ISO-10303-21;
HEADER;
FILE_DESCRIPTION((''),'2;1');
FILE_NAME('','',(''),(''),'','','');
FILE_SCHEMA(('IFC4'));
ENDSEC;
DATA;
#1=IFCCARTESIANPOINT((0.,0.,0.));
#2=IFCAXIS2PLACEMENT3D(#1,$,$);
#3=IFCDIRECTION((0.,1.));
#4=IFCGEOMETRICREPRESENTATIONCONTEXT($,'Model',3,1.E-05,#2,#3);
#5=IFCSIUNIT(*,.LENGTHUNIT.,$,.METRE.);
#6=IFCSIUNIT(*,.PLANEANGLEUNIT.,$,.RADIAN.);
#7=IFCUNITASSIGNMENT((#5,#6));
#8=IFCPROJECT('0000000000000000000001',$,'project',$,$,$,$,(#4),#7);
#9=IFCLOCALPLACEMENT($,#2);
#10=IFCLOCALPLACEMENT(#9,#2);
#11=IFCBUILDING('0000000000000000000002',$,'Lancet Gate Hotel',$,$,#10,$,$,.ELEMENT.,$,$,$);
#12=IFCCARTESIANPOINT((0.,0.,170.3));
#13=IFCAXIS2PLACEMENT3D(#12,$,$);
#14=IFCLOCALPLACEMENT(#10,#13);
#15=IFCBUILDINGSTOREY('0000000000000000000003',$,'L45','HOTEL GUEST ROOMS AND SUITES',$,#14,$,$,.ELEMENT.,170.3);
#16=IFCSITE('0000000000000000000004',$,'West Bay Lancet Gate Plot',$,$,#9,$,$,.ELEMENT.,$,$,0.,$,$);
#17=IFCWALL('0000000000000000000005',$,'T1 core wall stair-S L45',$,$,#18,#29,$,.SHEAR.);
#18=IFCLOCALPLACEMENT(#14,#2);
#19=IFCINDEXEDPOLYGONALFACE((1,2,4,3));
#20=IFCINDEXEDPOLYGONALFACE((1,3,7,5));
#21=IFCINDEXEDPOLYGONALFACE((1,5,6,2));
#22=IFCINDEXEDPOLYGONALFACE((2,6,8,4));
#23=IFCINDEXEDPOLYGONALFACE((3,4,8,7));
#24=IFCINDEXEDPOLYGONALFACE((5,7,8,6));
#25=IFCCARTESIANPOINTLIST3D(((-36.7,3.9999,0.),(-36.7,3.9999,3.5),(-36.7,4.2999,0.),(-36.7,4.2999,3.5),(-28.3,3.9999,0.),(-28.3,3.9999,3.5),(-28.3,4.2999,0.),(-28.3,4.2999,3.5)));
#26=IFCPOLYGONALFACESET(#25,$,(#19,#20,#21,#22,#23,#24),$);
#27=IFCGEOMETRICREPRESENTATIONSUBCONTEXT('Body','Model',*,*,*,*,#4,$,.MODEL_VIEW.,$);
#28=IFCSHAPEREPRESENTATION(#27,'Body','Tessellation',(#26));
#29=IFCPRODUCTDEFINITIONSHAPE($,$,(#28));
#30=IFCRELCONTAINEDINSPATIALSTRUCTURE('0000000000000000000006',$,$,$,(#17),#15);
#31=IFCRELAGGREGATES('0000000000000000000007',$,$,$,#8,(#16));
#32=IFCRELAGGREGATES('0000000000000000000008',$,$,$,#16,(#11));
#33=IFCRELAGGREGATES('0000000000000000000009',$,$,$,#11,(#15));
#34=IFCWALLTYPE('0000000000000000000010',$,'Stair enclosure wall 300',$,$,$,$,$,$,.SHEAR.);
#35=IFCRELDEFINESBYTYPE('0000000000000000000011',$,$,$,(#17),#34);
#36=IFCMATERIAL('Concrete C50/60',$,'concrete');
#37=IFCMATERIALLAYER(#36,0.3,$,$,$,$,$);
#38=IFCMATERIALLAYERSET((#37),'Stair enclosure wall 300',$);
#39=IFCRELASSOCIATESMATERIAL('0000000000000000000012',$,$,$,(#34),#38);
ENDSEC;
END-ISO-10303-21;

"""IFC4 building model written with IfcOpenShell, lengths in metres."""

from ifc_helpers import new_model, si_unit, direction, frame, frame_2d, origin, place, context, subcontext, project, spatial, rectangle, extrude, material, layer, layer_set, type_object, element, save


model = new_model("IFC4")

# Units and contexts
model_context = context("Model", 3, precision=1e-05, world=origin(), true_north=direction((0.0, 1.0)))
body_context = subcontext(model_context, "Body", "Model", "MODEL_VIEW")
ifc_project = project(units=[si_unit("LENGTHUNIT", "METRE"), si_unit("PLANEANGLEUNIT", "RADIAN")], contexts=[model_context])

# Site, building, storey
site_placement = place(None, origin())
site = spatial("IfcSite", under=ifc_project, at=site_placement, Name="West Bay Lancet Gate Plot", CompositionType="ELEMENT", RefElevation=0.0)
building_placement = place(site_placement, origin())
building = spatial("IfcBuilding", under=site, at=building_placement, Name="Lancet Gate Hotel", CompositionType="ELEMENT")
storey_placement = place(building_placement, frame((0.0, 0.0, 170.3)))
storey = spatial("IfcBuildingStorey", under=building, at=storey_placement, Name="L45", Description="HOTEL GUEST ROOMS AND SUITES", CompositionType="ELEMENT", Elevation=170.3)

# Wall
ifc_material_1 = material(Name="Concrete C50/60", Category="concrete")
ifc_layer_1 = layer(ifc_material_1, 0.3)
ifc_layer_set_1 = layer_set([ifc_layer_1], Name="Stair enclosure wall 300")
wall_type_1 = type_object("IfcWallType", Name="Stair enclosure wall 300", PredefinedType="SHEAR", material=ifc_layer_set_1)
wall_1_placement = place(storey_placement, frame((-28.3, 4.1499, 0.0), z_axis=(0.0, 0.0, 1.0), x_axis=(-1.0, 0.0, 0.0)))
element("IfcWall", 1, at=wall_1_placement, inside=storey, type_object=wall_type_1, Name="T1 core wall stair-S L45", PredefinedType="SHEAR", context=body_context, shape_type="SweptSolid", body=[
    extrude(rectangle(XDim=8.3999, YDim=0.3, at=frame_2d((4.2, 0.0))), origin(), (0.0, 0.0, 1.0), 3.5),
])

save(model, "model.ifc")
